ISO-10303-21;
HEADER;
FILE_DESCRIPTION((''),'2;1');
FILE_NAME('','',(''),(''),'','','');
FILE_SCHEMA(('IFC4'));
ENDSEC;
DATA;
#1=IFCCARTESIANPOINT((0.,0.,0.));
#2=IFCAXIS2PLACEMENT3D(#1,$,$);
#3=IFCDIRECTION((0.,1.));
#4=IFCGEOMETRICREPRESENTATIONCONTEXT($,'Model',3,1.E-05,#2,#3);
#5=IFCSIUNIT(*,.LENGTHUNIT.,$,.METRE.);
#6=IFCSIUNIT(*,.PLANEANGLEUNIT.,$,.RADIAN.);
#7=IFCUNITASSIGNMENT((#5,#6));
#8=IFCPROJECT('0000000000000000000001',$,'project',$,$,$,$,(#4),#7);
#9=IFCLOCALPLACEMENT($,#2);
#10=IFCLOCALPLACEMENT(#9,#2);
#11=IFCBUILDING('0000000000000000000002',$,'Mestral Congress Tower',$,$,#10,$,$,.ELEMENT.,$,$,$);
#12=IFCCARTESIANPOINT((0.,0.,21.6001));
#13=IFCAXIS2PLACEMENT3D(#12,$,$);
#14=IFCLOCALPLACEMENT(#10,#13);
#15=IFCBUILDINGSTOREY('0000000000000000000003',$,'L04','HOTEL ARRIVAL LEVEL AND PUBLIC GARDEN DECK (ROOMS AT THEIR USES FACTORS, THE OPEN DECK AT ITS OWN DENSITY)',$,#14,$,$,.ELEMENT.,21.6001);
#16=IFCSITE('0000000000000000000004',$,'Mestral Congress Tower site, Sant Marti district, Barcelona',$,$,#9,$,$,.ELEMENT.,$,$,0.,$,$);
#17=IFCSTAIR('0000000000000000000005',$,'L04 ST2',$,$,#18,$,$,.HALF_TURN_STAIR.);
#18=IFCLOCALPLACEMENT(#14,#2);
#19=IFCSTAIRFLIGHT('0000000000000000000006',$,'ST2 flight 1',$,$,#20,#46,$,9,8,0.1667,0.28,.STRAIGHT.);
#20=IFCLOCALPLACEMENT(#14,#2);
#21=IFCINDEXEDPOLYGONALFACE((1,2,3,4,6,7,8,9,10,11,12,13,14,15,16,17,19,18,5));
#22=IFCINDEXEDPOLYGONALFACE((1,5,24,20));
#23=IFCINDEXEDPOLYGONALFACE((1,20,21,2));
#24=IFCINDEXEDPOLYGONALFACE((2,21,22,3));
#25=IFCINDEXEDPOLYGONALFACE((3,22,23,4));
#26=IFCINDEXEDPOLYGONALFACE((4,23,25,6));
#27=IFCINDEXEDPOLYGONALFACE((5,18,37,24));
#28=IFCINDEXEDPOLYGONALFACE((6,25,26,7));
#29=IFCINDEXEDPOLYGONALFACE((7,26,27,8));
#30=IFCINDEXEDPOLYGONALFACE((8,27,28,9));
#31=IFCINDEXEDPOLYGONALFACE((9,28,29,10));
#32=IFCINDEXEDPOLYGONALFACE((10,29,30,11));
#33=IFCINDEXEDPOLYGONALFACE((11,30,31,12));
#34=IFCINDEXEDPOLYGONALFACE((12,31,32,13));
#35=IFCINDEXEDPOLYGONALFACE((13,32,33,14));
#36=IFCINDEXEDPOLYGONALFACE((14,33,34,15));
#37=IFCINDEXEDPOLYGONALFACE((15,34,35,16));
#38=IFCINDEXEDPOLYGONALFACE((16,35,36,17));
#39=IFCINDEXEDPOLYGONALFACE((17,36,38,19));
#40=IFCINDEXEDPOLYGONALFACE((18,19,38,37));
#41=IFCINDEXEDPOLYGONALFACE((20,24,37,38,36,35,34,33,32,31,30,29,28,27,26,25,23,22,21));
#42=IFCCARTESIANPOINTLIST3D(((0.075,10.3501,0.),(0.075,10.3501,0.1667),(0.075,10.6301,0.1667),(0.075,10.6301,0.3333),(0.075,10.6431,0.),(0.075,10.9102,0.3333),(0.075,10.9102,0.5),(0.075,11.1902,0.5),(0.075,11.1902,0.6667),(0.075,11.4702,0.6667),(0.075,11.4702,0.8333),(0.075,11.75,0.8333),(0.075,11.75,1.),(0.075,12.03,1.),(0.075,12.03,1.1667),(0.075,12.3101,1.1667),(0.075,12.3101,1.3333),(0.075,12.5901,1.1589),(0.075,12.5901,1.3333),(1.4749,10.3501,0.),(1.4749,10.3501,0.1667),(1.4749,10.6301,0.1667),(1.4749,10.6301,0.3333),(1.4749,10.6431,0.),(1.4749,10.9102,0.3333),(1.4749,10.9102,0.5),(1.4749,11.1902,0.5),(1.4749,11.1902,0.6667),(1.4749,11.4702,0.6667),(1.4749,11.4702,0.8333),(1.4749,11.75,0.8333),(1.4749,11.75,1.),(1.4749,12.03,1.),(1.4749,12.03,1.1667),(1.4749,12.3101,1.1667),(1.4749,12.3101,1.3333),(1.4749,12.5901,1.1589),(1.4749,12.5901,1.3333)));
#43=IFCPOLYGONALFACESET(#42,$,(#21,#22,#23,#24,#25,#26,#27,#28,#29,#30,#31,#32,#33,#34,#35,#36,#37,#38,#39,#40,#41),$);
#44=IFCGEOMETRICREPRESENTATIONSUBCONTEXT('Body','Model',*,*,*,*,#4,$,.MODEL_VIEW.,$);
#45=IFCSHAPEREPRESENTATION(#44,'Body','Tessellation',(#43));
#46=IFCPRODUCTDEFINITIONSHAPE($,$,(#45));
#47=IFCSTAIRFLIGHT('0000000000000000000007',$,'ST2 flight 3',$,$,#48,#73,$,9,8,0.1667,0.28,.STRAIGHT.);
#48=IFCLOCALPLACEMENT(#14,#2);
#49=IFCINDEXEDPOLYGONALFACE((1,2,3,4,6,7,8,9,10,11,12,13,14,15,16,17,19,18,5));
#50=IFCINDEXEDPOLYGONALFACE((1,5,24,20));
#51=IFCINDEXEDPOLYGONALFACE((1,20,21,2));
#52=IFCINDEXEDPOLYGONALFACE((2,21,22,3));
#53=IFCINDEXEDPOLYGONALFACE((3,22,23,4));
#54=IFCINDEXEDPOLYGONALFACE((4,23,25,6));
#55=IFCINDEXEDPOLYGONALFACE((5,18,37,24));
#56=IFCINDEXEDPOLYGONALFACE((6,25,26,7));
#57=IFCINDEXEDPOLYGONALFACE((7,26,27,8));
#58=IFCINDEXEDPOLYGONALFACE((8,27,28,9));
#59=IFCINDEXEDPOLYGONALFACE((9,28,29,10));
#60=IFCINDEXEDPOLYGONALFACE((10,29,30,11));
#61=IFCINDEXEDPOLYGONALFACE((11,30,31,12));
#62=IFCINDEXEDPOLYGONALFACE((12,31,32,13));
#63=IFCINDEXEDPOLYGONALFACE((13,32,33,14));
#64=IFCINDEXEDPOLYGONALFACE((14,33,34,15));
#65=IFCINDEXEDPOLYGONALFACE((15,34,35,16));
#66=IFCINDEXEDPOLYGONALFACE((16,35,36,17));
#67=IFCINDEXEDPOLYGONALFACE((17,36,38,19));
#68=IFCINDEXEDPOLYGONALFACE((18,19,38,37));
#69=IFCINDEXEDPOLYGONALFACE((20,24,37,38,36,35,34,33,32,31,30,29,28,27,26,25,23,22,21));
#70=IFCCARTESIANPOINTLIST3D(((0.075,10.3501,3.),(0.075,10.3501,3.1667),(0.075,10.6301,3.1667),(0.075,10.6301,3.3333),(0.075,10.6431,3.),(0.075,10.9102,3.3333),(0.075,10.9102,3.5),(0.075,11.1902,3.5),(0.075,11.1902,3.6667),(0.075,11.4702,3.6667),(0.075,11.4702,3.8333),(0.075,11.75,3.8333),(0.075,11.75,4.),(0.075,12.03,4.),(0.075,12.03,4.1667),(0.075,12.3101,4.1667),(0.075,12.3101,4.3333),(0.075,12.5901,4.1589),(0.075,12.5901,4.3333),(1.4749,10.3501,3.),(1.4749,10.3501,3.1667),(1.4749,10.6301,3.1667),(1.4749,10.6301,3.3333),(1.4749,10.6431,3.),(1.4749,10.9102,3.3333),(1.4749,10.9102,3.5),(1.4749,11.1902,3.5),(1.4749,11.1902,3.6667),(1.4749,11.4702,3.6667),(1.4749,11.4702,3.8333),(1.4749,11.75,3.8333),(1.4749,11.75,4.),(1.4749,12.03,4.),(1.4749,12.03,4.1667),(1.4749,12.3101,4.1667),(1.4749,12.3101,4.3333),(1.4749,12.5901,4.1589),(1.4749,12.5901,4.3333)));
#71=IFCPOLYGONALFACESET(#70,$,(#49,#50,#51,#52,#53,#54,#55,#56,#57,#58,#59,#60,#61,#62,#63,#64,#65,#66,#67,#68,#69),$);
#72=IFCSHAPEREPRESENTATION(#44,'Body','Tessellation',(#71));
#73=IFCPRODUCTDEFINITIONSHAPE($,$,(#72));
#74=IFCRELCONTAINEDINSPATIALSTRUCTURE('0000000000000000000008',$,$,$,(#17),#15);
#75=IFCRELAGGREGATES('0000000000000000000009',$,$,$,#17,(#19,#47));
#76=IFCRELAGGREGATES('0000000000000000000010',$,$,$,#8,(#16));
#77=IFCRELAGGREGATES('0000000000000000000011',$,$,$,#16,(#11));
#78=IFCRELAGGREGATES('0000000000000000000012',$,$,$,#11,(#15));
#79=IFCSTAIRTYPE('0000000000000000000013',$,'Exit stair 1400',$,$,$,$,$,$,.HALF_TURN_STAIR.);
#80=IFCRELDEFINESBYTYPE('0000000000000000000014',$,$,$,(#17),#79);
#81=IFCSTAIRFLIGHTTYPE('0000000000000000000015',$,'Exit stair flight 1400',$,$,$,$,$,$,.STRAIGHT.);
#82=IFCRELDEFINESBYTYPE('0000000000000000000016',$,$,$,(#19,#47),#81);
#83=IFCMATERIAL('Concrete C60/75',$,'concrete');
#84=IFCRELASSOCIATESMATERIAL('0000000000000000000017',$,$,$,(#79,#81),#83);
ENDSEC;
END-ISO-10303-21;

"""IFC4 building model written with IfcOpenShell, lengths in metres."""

from ifc_helpers import new_model, si_unit, direction, frame, origin, place, context, subcontext, project, spatial, polyline, outline, extrude, material, type_object, element, aggregate, save


model = new_model("IFC4")

# Units and contexts
model_context = context("Model", 3, precision=1e-05, world=origin(), true_north=direction((0.0, 1.0)))
body_context = subcontext(model_context, "Body", "Model", "MODEL_VIEW")
ifc_project = project(units=[si_unit("LENGTHUNIT", "METRE"), si_unit("PLANEANGLEUNIT", "RADIAN")], contexts=[model_context])

# Site, building, storey
site_placement = place(None, origin())
site = spatial("IfcSite", under=ifc_project, at=site_placement, Name="Mestral Congress Tower site, Sant Marti district, Barcelona", CompositionType="ELEMENT", RefElevation=0.0)
building_placement = place(site_placement, origin())
building = spatial("IfcBuilding", under=site, at=building_placement, Name="Mestral Congress Tower", CompositionType="ELEMENT")
storey_placement = place(building_placement, frame((0.0, 0.0, 21.6001)))
storey = spatial("IfcBuildingStorey", under=building, at=storey_placement, Name="L04", Description="HOTEL ARRIVAL LEVEL AND PUBLIC GARDEN DECK (ROOMS AT THEIR USES FACTORS, THE OPEN DECK AT ITS OWN DENSITY)", CompositionType="ELEMENT", Elevation=21.6001)

# Shared definitions
ifc_material_1 = material(Name="Concrete C60/75", Category="concrete")
placement_1 = place(storey_placement, origin())

# Stair, stair flights
stair_type = type_object("IfcStairType", Name="Exit stair 1400", PredefinedType="HALF_TURN_STAIR", material=ifc_material_1)
stair = element("IfcStair", 1, at=placement_1, inside=storey, type_object=stair_type, Name="L04 ST2", PredefinedType="HALF_TURN_STAIR")
stair_flight_type = type_object("IfcStairFlightType", Name="Exit stair flight 1400", PredefinedType="STRAIGHT", material=ifc_material_1)
stair_flight_1_placement = place(storey_placement, frame((0.7749, 10.3501, 0.0), z_axis=(0.0, 0.0, 1.0), x_axis=(0.0, 1.0, 0.0)))
stair_flight_1 = element("IfcStairFlight", 2, at=stair_flight_1_placement, type_object=stair_flight_type, Name="ST2 flight 1", NumberOfRisers=9, NumberOfTreads=8, PredefinedType="STRAIGHT", RiserHeight=0.1667, TreadLength=0.28, context=body_context, shape_type="SweptSolid", body=[
    extrude(outline(polyline([(0.0, 0.0), (0.0, 0.1667), (0.28, 0.1667), (0.28, 0.3333), (0.5601, 0.3333), (0.5601, 0.5), (0.8401, 0.5), (0.8401, 0.6667), (1.1201, 0.6667), (1.1201, 0.8333), (1.3999, 0.8333), (1.3999, 1.0), (1.6799, 1.0), (1.6799, 1.1667), (1.96, 1.1667), (1.96, 1.3333), (2.24, 1.3333), (2.24, 1.5), (2.24, 1.1589), (0.293, 0.0), (0.0, 0.0)])), frame((0.0, 0.7, 0.0), z_axis=(0.0, -1.0, 0.0), x_axis=(1.0, 0.0, 0.0)), (0.0, 0.0, 1.0), 1.3999),
])
stair_flight_2_placement = place(storey_placement, frame((0.7749, 10.3501, 3.0), z_axis=(0.0, 0.0, 1.0), x_axis=(0.0, 1.0, 0.0)))
stair_flight_2 = element("IfcStairFlight", 3, at=stair_flight_2_placement, type_object=stair_flight_type, Name="ST2 flight 3", NumberOfRisers=9, NumberOfTreads=8, PredefinedType="STRAIGHT", RiserHeight=0.1667, TreadLength=0.28, context=body_context, shape_type="SweptSolid", body=[
    extrude(outline(polyline([(0.0, 0.0), (0.0, 0.1667), (0.28, 0.1667), (0.28, 0.3333), (0.5601, 0.3333), (0.5601, 0.5), (0.8401, 0.5), (0.8401, 0.6667), (1.1201, 0.6667), (1.1201, 0.8333), (1.3999, 0.8333), (1.3999, 1.0), (1.6799, 1.0), (1.6799, 1.1667), (1.96, 1.1667), (1.96, 1.3333), (2.24, 1.3333), (2.24, 1.5), (2.24, 1.1589), (0.293, 0.0), (0.0, 0.0)])), frame((0.0, 0.7, 0.0), z_axis=(0.0, -1.0, 0.0), x_axis=(1.0, 0.0, 0.0)), (0.0, 0.0, 1.0), 1.3999),
])
aggregate(stair, [stair_flight_1, stair_flight_2])

save(model, "model.ifc")
